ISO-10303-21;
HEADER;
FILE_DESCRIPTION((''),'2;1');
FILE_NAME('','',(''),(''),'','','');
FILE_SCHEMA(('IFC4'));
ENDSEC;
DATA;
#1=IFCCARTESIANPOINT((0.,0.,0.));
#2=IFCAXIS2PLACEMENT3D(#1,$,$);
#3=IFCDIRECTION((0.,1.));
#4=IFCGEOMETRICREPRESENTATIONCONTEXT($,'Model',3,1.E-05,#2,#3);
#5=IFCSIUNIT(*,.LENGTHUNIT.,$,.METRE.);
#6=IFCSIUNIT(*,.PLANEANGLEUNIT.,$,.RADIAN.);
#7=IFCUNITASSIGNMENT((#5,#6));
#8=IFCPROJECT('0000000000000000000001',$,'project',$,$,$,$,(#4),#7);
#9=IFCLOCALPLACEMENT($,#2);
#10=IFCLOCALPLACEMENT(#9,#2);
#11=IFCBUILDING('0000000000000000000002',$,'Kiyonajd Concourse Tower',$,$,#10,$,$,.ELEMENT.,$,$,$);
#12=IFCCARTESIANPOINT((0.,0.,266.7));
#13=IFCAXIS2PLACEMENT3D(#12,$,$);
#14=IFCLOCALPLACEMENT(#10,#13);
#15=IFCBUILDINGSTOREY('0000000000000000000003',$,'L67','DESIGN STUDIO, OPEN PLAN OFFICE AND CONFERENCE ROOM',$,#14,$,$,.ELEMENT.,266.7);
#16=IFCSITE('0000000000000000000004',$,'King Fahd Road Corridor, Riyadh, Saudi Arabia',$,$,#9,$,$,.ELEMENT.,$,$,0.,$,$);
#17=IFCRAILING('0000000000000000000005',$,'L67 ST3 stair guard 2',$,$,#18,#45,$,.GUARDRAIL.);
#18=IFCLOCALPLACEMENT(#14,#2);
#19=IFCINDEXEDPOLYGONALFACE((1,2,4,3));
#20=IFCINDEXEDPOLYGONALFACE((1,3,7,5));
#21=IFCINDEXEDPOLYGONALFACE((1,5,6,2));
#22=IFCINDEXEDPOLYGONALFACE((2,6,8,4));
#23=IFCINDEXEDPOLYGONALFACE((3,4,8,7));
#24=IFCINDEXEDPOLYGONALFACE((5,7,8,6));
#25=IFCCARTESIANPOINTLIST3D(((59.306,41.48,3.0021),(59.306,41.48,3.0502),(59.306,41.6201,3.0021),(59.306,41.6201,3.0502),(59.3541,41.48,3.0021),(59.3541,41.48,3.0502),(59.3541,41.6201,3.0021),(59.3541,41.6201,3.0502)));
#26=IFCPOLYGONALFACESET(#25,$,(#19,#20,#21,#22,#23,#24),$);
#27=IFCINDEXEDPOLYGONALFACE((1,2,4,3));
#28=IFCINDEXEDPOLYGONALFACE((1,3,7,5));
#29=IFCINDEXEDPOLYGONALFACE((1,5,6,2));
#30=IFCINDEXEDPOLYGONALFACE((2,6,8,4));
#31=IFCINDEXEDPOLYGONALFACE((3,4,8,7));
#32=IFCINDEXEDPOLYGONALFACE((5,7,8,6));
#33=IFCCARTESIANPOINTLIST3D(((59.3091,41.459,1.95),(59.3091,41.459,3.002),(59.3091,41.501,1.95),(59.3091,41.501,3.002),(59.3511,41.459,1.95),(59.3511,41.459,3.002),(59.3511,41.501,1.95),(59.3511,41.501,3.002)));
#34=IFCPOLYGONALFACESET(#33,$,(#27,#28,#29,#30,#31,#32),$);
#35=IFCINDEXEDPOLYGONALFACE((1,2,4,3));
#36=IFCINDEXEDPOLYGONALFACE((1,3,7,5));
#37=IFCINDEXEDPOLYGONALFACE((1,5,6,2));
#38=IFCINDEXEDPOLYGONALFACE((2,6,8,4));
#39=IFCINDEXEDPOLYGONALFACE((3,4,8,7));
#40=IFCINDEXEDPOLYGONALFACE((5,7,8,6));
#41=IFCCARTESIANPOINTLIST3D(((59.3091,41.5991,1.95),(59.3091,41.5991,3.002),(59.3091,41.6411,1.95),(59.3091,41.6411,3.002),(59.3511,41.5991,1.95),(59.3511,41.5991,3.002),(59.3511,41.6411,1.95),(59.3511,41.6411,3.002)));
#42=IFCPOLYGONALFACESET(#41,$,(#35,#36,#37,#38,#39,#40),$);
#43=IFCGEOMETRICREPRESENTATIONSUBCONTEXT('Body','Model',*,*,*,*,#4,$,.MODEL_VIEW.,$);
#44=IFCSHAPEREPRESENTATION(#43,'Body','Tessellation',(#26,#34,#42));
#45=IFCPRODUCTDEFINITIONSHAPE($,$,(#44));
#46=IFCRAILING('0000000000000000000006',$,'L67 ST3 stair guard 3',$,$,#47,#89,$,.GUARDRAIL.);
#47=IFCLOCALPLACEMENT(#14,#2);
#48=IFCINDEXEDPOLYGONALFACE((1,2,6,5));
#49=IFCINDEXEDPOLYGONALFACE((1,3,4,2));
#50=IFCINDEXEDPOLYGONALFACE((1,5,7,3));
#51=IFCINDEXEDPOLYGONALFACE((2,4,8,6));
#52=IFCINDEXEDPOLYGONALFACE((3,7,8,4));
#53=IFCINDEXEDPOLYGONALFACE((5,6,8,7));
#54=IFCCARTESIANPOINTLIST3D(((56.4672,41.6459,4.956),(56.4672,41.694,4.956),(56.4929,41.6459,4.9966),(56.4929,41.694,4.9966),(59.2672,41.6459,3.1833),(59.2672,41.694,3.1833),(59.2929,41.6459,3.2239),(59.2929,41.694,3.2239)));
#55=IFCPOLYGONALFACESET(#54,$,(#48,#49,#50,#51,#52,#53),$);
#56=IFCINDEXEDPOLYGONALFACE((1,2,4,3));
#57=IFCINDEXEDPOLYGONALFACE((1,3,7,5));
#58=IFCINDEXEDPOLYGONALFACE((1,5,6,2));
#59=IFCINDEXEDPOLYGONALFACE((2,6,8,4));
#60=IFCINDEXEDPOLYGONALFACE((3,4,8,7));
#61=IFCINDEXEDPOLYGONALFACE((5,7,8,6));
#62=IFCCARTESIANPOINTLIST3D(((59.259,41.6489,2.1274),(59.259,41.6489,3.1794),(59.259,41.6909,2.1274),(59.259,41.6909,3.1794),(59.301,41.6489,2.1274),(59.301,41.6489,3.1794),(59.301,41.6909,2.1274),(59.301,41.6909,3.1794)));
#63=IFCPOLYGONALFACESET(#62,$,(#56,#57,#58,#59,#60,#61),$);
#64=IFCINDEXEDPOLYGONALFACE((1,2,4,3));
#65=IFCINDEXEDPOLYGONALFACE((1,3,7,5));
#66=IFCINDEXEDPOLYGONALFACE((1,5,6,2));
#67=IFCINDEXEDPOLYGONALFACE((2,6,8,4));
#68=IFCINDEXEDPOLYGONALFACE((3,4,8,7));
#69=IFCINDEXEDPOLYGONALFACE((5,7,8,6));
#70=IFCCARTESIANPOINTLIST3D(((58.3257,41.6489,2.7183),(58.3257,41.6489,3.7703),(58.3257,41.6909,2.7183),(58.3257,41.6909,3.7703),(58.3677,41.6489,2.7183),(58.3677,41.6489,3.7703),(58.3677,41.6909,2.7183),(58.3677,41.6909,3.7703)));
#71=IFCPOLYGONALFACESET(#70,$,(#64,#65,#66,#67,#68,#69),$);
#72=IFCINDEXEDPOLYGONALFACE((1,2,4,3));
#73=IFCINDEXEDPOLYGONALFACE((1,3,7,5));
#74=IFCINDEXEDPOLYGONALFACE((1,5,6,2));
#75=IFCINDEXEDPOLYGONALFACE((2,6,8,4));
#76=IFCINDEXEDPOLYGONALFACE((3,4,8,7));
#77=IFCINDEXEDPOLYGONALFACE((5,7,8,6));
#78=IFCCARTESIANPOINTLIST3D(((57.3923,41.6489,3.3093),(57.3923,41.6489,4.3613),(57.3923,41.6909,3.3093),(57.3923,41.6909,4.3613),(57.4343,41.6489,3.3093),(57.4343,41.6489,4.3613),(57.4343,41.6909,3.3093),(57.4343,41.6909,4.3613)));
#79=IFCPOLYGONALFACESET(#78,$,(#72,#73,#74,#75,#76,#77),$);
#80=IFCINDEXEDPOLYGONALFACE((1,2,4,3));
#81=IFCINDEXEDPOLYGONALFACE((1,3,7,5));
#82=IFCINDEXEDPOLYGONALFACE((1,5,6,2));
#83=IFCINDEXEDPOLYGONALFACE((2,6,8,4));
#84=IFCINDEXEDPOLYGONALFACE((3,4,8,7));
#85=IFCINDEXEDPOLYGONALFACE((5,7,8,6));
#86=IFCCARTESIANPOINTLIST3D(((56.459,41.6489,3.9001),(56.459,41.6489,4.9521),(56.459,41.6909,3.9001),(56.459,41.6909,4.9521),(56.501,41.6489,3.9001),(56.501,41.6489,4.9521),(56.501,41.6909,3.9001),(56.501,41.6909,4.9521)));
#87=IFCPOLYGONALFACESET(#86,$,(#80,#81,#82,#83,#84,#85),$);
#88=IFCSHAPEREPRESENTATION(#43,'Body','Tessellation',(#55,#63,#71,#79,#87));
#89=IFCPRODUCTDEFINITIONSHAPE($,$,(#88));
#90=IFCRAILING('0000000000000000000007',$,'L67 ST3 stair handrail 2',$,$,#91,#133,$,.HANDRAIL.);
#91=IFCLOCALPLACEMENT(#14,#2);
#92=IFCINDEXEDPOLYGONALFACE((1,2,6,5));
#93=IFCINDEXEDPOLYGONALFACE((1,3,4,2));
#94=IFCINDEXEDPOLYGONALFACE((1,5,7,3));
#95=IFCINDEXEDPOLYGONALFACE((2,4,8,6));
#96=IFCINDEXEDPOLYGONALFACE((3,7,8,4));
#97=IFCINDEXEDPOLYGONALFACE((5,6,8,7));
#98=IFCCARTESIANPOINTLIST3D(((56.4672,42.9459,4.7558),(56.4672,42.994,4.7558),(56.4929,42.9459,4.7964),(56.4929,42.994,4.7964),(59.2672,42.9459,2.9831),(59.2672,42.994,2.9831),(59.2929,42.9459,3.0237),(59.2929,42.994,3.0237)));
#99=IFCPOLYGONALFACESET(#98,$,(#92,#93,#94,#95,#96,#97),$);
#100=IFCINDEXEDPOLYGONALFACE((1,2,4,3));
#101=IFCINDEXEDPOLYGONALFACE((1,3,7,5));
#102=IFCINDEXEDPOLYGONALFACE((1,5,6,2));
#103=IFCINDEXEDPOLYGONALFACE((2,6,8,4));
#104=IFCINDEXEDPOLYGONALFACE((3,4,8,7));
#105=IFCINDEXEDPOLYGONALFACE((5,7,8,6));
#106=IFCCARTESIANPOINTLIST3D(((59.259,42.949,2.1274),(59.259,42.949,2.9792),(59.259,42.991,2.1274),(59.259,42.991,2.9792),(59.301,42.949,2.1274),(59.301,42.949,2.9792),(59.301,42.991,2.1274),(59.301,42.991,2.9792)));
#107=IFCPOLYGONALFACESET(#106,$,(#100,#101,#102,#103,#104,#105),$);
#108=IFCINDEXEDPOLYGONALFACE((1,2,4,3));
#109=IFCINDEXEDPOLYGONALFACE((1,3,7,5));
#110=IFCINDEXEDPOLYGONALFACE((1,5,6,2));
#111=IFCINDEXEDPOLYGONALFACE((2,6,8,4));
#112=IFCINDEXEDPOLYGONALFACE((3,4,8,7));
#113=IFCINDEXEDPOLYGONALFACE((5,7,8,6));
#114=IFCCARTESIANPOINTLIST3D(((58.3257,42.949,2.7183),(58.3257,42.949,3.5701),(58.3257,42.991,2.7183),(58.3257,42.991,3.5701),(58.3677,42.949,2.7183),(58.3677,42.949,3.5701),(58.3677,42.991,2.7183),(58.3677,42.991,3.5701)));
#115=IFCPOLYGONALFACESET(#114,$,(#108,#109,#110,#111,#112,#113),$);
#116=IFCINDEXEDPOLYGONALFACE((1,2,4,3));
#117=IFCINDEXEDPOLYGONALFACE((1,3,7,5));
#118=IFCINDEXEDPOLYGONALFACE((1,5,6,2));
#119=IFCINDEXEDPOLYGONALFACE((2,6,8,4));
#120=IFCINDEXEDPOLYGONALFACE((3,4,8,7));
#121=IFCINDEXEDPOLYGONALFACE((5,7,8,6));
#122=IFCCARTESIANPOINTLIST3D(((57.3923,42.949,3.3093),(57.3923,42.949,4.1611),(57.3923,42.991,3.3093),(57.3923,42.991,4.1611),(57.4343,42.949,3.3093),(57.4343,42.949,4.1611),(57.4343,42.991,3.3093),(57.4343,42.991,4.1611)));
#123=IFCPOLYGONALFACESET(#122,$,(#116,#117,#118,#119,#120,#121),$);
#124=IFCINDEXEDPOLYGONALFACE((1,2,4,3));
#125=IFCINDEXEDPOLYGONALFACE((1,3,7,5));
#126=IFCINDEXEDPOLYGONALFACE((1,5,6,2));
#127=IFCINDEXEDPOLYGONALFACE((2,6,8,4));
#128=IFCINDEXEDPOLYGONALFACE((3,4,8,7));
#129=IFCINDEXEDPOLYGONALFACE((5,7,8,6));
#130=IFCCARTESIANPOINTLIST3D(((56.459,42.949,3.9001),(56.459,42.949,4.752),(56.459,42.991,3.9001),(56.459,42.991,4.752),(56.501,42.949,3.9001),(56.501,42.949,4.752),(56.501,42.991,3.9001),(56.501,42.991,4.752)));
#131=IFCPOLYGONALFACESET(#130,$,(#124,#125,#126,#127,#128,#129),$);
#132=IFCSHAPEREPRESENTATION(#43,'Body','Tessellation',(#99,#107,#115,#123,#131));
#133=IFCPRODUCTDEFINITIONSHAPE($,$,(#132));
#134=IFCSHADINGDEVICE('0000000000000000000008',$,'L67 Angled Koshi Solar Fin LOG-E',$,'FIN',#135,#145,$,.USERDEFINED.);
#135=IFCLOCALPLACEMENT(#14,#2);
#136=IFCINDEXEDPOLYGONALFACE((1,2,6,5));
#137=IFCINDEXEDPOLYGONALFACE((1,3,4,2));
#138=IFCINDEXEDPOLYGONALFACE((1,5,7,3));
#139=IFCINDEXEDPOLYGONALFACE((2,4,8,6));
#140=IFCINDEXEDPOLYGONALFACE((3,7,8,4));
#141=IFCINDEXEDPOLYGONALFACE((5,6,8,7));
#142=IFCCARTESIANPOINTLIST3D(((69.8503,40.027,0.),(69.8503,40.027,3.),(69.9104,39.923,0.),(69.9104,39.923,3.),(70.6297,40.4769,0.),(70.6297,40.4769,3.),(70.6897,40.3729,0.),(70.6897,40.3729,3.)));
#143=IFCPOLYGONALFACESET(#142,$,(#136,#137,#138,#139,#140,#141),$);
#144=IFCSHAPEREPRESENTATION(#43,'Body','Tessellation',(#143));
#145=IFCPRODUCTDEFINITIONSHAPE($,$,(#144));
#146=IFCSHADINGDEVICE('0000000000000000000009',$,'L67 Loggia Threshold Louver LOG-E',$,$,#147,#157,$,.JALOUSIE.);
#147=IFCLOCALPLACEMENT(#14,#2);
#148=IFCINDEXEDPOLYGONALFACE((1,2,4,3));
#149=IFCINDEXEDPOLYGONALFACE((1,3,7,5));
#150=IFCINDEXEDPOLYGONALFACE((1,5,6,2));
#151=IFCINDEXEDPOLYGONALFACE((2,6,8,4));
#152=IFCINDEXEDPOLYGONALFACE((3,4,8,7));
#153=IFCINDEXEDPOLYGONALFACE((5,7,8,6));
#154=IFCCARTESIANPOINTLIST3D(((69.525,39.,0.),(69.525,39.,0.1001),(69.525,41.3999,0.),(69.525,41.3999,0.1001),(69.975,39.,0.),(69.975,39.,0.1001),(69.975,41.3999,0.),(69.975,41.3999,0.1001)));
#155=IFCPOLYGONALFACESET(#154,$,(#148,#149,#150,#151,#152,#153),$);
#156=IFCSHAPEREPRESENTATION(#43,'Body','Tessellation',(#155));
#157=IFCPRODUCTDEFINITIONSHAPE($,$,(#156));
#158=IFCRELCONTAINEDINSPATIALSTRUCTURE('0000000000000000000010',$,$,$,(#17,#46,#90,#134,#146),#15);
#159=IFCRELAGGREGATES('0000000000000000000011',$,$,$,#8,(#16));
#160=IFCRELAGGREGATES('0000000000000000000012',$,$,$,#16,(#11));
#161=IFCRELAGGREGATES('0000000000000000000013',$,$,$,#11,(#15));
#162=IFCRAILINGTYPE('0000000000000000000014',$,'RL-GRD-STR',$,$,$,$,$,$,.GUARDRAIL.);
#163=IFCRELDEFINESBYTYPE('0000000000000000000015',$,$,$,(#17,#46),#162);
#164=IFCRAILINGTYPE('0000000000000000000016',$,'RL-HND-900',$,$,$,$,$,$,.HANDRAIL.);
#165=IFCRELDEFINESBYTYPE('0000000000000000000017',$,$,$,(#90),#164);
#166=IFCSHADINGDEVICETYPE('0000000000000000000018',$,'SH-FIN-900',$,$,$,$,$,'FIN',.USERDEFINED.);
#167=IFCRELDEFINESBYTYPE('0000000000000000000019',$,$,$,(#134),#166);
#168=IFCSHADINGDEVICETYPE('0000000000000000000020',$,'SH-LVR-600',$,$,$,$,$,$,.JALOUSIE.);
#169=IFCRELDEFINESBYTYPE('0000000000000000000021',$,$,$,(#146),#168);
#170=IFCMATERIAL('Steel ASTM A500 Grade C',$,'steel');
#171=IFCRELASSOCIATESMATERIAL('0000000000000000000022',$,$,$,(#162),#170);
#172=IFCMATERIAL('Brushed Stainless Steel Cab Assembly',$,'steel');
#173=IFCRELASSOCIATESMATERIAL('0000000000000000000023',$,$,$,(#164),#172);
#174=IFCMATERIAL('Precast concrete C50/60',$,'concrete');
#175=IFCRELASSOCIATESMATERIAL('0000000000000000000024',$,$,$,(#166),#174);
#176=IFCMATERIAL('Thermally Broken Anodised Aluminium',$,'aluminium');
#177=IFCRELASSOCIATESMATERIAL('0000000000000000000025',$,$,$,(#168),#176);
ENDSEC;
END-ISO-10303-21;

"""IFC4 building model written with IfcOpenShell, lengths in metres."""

from ifc_helpers import new_model, si_unit, direction, frame, origin, origin_2d, place, context, subcontext, project, spatial, rectangle, extrude, material, type_object, element, save


model = new_model("IFC4")

# Units and contexts
model_context = context("Model", 3, precision=1e-05, world=origin(), true_north=direction((0.0, 1.0)))
body_context = subcontext(model_context, "Body", "Model", "MODEL_VIEW")
ifc_project = project(units=[si_unit("LENGTHUNIT", "METRE"), si_unit("PLANEANGLEUNIT", "RADIAN")], contexts=[model_context])

# Site, building, storey
site_placement = place(None, origin())
site = spatial("IfcSite", under=ifc_project, at=site_placement, Name="King Fahd Road Corridor, Riyadh, Saudi Arabia", CompositionType="ELEMENT", RefElevation=0.0)
building_placement = place(site_placement, origin())
building = spatial("IfcBuilding", under=site, at=building_placement, Name="Kiyonajd Concourse Tower", CompositionType="ELEMENT")
storey_placement = place(building_placement, frame((0.0, 0.0, 266.7)))
storey = spatial("IfcBuildingStorey", under=building, at=storey_placement, Name="L67", Description="DESIGN STUDIO, OPEN PLAN OFFICE AND CONFERENCE ROOM", CompositionType="ELEMENT", Elevation=266.7)

# Shared definitions
ifc_material_1 = material(Name="Thermally Broken Anodised Aluminium", Category="aluminium")

# Shared definitions
ifc_material_2 = material(Name="Precast concrete C50/60", Category="concrete")

# Shared definitions
ifc_material_3 = material(Name="Brushed Stainless Steel Cab Assembly", Category="steel")

# Railings
ifc_material_4 = material(Name="Steel ASTM A500 Grade C", Category="steel")
railing_type_1 = type_object("IfcRailingType", Name="RL-GRD-STR", PredefinedType="GUARDRAIL", material=ifc_material_4)
railing_1_placement = place(storey_placement, frame((59.3301, 41.48, 1.95)))
element("IfcRailing", 1, at=railing_1_placement, inside=storey, type_object=railing_type_1, Name="L67 ST3 stair guard 2", PredefinedType="GUARDRAIL", context=body_context, shape_type="SweptSolid", body=[
    extrude(rectangle(XDim=0.0481, YDim=0.0481, at=origin_2d()), frame((0.0, 0.0, 1.0762), z_axis=(0.0, 1.0, 0.0), x_axis=(-1.0, 0.0, 0.0)), (0.0, 0.0, 1.0), 0.1401),
    extrude(rectangle(XDim=0.042, YDim=0.042, at=origin_2d()), origin(), (0.0, 0.0, 1.0), 1.052),
    extrude(rectangle(XDim=0.042, YDim=0.042, at=origin_2d()), frame((0.0, 0.1401, 0.0)), (0.0, 0.0, 1.0), 1.052),
])
railing_2_placement = place(storey_placement, frame((59.28, 41.6699, 2.1274)))
element("IfcRailing", 2, at=railing_2_placement, inside=storey, type_object=railing_type_1, Name="L67 ST3 stair guard 3", PredefinedType="GUARDRAIL", context=body_context, shape_type="SweptSolid", body=[
    extrude(rectangle(XDim=0.0481, YDim=0.0481, at=origin_2d()), frame((0.0, 0.0, 1.0762), z_axis=(-0.844909, 0.0, 0.53491), x_axis=(0.0, -1.0, 0.0)), (0.0, 0.0, 1.0), 3.314),
    extrude(rectangle(XDim=0.042, YDim=0.042, at=origin_2d()), origin(), (0.0, 0.0, 1.0), 1.052),
    extrude(rectangle(XDim=0.042, YDim=0.042, at=origin_2d()), frame((-0.9333, 0.0, 0.5908)), (0.0, 0.0, 1.0), 1.052),
    extrude(rectangle(XDim=0.042, YDim=0.042, at=origin_2d()), frame((-1.8667, 0.0, 1.1819)), (0.0, 0.0, 1.0), 1.052),
    extrude(rectangle(XDim=0.042, YDim=0.042, at=origin_2d()), frame((-2.8, 0.0, 1.7727)), (0.0, 0.0, 1.0), 1.052),
])
railing_type_2 = type_object("IfcRailingType", Name="RL-HND-900", PredefinedType="HANDRAIL", material=ifc_material_3)
railing_3_placement = place(storey_placement, frame((59.28, 42.97, 2.1274)))
element("IfcRailing", 3, at=railing_3_placement, inside=storey, type_object=railing_type_2, Name="L67 ST3 stair handrail 2", PredefinedType="HANDRAIL", context=body_context, shape_type="SweptSolid", body=[
    extrude(rectangle(XDim=0.0481, YDim=0.0481, at=origin_2d()), frame((0.0, 0.0, 0.876), z_axis=(-0.844909, 0.0, 0.53491), x_axis=(0.0, -1.0, 0.0)), (0.0, 0.0, 1.0), 3.314),
    extrude(rectangle(XDim=0.042, YDim=0.042, at=origin_2d()), origin(), (0.0, 0.0, 1.0), 0.8518),
    extrude(rectangle(XDim=0.042, YDim=0.042, at=origin_2d()), frame((-0.9333, 0.0, 0.5908)), (0.0, 0.0, 1.0), 0.8518),
    extrude(rectangle(XDim=0.042, YDim=0.042, at=origin_2d()), frame((-1.8667, 0.0, 1.1819)), (0.0, 0.0, 1.0), 0.8518),
    extrude(rectangle(XDim=0.042, YDim=0.042, at=origin_2d()), frame((-2.8, 0.0, 1.7727)), (0.0, 0.0, 1.0), 0.8518),
])

# Shading devices
shading_device_type_1 = type_object("IfcShadingDeviceType", Name="SH-FIN-900", ElementType="FIN", PredefinedType="USERDEFINED", material=ifc_material_2)
shading_device_1_placement = place(storey_placement, frame((70.27, 40.2, 0.0), z_axis=(0.0, 0.0, 1.0), x_axis=(0.866025, 0.5, 0.0)))
element("IfcShadingDevice", 4, at=shading_device_1_placement, inside=storey, type_object=shading_device_type_1, Name="L67 Angled Koshi Solar Fin LOG-E", ObjectType="FIN", PredefinedType="USERDEFINED", context=body_context, shape_type="SweptSolid", body=[
    extrude(rectangle(XDim=0.8999, YDim=0.1201, at=origin_2d()), origin(), (0.0, 0.0, 1.0), 3.0),
])
shading_device_type_2 = type_object("IfcShadingDeviceType", Name="SH-LVR-600", PredefinedType="JALOUSIE", material=ifc_material_1)
shading_device_2_placement = place(storey_placement, frame((69.75, 40.2, 0.0), z_axis=(0.0, 0.0, 1.0), x_axis=(0.0, 1.0, 0.0)))
element("IfcShadingDevice", 5, at=shading_device_2_placement, inside=storey, type_object=shading_device_type_2, Name="L67 Loggia Threshold Louver LOG-E", PredefinedType="JALOUSIE", context=body_context, shape_type="SweptSolid", body=[
    extrude(rectangle(XDim=2.3999, YDim=0.45, at=origin_2d()), origin(), (0.0, 0.0, 1.0), 0.1001),
])

save(model, "model.ifc")
